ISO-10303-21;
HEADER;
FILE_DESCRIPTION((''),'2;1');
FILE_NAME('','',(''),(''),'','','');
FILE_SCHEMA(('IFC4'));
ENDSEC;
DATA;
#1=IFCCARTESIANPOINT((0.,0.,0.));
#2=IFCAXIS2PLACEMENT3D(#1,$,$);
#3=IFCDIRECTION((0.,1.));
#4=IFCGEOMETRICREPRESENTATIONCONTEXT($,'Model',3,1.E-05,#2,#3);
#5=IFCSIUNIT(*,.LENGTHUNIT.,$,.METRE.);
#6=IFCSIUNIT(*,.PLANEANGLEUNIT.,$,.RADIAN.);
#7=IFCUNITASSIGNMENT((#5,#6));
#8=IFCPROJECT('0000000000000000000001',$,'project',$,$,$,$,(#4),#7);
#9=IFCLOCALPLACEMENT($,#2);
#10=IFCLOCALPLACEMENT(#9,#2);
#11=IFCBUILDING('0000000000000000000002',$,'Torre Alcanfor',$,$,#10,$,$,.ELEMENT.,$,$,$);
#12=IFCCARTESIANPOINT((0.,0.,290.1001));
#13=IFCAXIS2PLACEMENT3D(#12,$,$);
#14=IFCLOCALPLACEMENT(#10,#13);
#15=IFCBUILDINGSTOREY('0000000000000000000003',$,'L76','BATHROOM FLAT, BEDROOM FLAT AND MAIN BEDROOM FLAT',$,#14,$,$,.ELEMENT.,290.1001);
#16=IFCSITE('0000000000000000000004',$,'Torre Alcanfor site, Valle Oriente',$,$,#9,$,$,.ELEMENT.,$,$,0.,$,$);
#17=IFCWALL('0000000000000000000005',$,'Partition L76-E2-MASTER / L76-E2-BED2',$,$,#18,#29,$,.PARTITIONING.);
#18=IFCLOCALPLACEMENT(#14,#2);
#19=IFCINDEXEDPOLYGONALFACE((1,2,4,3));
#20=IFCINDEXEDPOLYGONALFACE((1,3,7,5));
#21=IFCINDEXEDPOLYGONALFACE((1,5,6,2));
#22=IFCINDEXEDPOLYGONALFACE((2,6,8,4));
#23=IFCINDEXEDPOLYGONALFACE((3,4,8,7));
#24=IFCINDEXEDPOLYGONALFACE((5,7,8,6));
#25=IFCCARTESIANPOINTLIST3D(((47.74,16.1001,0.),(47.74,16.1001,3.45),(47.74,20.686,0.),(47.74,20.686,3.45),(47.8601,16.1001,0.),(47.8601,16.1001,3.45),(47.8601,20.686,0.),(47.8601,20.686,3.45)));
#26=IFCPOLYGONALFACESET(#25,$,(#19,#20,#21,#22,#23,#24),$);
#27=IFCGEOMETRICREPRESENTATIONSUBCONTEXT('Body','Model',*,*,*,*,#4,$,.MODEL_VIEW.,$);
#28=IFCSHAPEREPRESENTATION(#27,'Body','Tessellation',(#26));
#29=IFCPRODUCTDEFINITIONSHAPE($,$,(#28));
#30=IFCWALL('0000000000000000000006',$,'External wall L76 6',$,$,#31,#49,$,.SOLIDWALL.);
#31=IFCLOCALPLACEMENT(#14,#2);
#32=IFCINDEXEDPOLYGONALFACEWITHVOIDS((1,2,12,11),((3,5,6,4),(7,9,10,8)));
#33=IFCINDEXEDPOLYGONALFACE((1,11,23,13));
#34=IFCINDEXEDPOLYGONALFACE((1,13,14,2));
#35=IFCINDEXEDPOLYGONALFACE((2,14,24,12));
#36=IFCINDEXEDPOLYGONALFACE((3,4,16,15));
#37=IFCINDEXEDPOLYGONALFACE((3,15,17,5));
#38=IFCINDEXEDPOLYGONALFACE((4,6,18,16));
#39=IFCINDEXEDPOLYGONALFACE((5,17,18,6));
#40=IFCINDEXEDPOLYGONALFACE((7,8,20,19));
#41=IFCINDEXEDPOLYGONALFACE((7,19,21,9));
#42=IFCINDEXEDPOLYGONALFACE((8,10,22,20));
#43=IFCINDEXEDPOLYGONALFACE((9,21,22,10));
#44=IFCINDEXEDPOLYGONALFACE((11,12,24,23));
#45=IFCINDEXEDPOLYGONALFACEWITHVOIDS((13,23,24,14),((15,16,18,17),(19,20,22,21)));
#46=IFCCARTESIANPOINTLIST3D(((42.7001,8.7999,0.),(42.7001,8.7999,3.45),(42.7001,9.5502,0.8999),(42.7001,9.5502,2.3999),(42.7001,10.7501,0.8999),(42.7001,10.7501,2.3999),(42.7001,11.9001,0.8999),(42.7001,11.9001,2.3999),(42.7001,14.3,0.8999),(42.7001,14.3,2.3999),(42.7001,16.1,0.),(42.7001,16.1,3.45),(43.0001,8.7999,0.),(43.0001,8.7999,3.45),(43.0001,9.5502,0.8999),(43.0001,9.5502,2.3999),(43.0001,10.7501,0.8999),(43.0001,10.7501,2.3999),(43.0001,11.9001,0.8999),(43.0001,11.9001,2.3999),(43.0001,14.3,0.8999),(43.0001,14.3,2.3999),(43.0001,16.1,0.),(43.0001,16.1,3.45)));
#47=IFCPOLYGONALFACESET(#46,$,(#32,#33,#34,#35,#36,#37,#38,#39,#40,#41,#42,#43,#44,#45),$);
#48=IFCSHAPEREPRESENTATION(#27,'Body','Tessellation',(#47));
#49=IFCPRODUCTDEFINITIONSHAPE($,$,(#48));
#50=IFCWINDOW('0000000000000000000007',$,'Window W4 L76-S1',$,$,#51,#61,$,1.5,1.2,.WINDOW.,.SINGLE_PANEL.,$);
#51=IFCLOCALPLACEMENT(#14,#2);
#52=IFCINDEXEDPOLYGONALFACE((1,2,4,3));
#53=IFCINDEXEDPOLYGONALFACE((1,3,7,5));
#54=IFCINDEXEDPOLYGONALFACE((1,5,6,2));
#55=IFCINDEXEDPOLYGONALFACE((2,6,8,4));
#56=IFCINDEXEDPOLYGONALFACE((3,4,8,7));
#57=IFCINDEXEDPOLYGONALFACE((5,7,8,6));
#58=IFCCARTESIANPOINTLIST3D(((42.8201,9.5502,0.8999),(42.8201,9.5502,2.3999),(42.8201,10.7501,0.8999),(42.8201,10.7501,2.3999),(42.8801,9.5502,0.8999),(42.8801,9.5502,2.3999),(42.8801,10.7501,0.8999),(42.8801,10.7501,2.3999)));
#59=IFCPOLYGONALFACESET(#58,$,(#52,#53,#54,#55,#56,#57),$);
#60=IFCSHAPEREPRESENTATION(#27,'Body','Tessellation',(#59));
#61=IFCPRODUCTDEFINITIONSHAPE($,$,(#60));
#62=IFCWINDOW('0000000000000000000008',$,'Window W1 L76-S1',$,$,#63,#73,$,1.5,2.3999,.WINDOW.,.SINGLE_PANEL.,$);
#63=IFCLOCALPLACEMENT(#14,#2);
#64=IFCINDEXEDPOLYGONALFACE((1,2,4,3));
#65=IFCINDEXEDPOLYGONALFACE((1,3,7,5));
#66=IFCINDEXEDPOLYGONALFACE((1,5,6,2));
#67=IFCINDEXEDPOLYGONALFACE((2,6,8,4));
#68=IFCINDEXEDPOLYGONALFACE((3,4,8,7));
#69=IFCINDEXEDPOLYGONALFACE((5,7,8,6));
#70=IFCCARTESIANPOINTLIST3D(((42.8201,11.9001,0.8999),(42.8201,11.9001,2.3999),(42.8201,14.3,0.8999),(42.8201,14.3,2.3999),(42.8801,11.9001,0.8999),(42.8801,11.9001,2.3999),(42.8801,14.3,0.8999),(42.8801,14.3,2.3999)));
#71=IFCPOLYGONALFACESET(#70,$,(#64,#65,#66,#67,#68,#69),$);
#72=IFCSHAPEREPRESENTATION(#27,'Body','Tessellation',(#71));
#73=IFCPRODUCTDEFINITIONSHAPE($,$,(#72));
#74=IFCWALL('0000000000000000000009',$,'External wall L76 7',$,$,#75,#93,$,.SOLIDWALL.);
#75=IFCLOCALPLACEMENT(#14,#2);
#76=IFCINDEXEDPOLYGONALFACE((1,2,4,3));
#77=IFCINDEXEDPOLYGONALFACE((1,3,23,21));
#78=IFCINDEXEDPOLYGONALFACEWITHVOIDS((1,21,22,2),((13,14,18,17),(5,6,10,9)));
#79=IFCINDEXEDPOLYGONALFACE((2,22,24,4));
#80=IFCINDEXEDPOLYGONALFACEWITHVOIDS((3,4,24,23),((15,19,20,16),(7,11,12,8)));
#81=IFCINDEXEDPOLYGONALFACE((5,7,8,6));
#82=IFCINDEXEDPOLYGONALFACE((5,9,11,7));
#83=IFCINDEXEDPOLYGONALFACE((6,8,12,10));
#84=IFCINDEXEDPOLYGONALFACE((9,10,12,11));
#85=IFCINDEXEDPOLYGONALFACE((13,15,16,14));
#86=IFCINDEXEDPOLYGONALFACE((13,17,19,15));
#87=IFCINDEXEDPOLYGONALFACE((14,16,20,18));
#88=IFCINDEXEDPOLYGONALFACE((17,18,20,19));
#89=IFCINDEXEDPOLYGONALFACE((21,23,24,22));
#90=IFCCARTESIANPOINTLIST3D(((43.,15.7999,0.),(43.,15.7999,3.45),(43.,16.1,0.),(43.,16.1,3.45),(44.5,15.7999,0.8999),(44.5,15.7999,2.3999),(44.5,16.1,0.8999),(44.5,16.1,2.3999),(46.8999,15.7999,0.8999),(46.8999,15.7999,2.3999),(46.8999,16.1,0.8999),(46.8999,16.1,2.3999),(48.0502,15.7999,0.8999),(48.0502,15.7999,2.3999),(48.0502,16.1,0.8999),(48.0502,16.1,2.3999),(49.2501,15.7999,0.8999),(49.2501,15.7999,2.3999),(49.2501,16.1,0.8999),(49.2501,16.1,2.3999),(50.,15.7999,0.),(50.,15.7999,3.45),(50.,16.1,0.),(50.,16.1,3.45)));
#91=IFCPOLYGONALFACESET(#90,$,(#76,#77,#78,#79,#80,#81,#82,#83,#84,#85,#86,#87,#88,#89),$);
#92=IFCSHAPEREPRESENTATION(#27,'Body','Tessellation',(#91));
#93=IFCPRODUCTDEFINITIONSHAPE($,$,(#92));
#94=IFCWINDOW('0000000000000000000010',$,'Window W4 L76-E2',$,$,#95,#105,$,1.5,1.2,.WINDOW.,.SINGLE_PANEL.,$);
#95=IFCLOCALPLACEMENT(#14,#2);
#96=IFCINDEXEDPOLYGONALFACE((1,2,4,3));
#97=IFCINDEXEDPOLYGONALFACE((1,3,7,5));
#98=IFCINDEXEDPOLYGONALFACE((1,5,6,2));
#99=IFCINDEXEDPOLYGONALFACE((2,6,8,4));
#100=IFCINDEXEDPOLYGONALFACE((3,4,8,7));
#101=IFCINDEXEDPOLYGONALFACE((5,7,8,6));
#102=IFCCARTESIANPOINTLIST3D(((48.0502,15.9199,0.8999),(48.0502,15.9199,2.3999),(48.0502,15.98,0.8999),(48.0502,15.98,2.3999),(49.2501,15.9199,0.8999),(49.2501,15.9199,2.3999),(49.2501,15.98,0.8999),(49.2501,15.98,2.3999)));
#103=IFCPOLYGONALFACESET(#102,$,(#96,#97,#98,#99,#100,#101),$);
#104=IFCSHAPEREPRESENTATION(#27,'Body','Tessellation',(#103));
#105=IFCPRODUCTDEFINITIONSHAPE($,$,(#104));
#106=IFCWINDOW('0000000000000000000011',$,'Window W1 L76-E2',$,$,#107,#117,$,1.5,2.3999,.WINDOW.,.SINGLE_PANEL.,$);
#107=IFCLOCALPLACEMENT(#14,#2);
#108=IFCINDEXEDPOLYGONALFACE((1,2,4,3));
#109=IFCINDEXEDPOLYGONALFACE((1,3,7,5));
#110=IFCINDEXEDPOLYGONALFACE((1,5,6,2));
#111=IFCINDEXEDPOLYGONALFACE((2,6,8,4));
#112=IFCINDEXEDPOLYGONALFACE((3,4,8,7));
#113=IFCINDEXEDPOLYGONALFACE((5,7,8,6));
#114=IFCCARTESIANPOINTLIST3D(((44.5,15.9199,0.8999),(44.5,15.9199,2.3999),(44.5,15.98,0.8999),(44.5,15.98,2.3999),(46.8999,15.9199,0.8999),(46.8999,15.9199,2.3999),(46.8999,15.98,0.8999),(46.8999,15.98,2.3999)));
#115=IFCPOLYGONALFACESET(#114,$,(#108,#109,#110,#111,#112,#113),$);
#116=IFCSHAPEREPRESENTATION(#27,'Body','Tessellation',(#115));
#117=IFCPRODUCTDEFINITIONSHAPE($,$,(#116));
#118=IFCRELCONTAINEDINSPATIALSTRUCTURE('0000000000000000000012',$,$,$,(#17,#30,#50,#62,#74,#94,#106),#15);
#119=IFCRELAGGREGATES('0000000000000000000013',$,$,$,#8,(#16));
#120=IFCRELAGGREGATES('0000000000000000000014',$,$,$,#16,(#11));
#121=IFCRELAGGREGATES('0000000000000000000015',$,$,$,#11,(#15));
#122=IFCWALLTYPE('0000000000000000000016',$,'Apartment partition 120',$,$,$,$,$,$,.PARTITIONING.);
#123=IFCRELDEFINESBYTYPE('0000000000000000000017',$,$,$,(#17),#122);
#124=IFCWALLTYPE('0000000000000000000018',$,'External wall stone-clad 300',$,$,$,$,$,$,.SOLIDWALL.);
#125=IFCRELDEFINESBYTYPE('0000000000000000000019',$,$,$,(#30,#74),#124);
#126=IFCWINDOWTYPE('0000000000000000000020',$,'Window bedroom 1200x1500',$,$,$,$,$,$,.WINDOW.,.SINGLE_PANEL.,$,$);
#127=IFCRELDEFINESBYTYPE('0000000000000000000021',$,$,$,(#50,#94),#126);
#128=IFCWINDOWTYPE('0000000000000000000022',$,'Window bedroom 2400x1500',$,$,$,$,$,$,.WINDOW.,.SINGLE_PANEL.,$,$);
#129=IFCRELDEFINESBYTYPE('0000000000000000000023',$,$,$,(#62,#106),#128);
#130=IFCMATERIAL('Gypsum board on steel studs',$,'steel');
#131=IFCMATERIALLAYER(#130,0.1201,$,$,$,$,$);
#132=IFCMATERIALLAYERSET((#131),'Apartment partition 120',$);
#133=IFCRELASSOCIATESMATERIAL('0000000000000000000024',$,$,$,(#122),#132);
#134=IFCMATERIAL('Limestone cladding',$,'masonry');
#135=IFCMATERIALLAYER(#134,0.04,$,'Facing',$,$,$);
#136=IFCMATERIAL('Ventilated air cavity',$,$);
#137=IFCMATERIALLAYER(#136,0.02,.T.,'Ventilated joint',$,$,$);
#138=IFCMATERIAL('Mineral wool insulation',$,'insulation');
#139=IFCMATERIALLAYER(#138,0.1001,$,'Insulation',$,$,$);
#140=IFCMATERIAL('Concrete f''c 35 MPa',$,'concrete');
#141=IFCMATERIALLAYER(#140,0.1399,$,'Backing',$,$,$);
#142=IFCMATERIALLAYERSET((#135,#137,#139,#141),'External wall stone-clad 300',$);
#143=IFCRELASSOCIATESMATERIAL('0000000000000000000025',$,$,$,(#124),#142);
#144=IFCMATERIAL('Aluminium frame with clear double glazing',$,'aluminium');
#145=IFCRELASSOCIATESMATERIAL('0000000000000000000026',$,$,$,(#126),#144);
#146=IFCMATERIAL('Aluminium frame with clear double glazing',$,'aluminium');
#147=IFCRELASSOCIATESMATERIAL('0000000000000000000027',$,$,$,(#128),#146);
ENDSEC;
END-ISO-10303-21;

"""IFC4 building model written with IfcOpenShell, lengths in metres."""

from ifc_helpers import new_model, si_unit, direction, frame, frame_2d, origin, place, context, subcontext, project, spatial, rectangle, extrude, material, layer, layer_set, type_object, element, fill, save


model = new_model("IFC4")

# Units and contexts
model_context = context("Model", 3, precision=1e-05, world=origin(), true_north=direction((0.0, 1.0)))
body_context = subcontext(model_context, "Body", "Model", "MODEL_VIEW")
ifc_project = project(units=[si_unit("LENGTHUNIT", "METRE"), si_unit("PLANEANGLEUNIT", "RADIAN")], contexts=[model_context])

# Site, building, storey
site_placement = place(None, origin())
site = spatial("IfcSite", under=ifc_project, at=site_placement, Name="Torre Alcanfor site, Valle Oriente", CompositionType="ELEMENT", RefElevation=0.0)
building_placement = place(site_placement, origin())
building = spatial("IfcBuilding", under=site, at=building_placement, Name="Torre Alcanfor", CompositionType="ELEMENT")
storey_placement = place(building_placement, frame((0.0, 0.0, 290.1001)))
storey = spatial("IfcBuildingStorey", under=building, at=storey_placement, Name="L76", Description="BATHROOM FLAT, BEDROOM FLAT AND MAIN BEDROOM FLAT", CompositionType="ELEMENT", Elevation=290.1001)

# Shared definitions
ifc_material_1 = material(Name="Gypsum board on steel studs", Category="steel")
ifc_layer_1 = layer(ifc_material_1, 0.1201)
ifc_layer_set_1 = layer_set([ifc_layer_1], Name="Apartment partition 120")
wall_type_1 = type_object("IfcWallType", Name="Apartment partition 120", PredefinedType="PARTITIONING", material=ifc_layer_set_1)

# Wall
wall_1_placement = place(storey_placement, frame((47.8, 20.686, 0.0), z_axis=(0.0, 0.0, 1.0), x_axis=(0.0, -1.0, 0.0)))
element("IfcWall", 1, at=wall_1_placement, inside=storey, type_object=wall_type_1, Name="Partition L76-E2-MASTER / L76-E2-BED2", PredefinedType="PARTITIONING", context=body_context, shape_type="SweptSolid", body=[
    extrude(rectangle(XDim=4.5859, YDim=0.1201, at=frame_2d((2.293, 0.0))), origin(), (0.0, 0.0, 1.0), 3.45),
])

# Walls, openings, windows
ifc_material_2 = material(Name="Limestone cladding", Category="masonry")
ifc_layer_2 = layer(ifc_material_2, 0.04, Name="Facing")
ifc_material_3 = material(Name="Ventilated air cavity")
ifc_layer_3 = layer(ifc_material_3, 0.02, ventilated=True, Name="Ventilated joint")
ifc_material_4 = material(Name="Mineral wool insulation", Category="insulation")
ifc_layer_4 = layer(ifc_material_4, 0.1001, Name="Insulation")
ifc_material_5 = material(Name="Concrete f'c 35 MPa", Category="concrete")
ifc_layer_5 = layer(ifc_material_5, 0.1399, Name="Backing")
ifc_layer_set_2 = layer_set([ifc_layer_2, ifc_layer_3, ifc_layer_4, ifc_layer_5], Name="External wall stone-clad 300")
wall_type_2 = type_object("IfcWallType", Name="External wall stone-clad 300", PredefinedType="SOLIDWALL", material=ifc_layer_set_2)
wall_2_placement = place(storey_placement, frame((42.8501, 8.8, 0.0), z_axis=(0.0, 0.0, 1.0), x_axis=(0.0, 1.0, 0.0)))
wall_2 = element("IfcWall", 2, at=wall_2_placement, inside=storey, type_object=wall_type_2, Name="External wall L76 6", PredefinedType="SOLIDWALL", context=body_context, shape_type="SweptSolid", body=[
    extrude(rectangle(XDim=7.3, YDim=0.3, at=frame_2d((3.6499, 0.0))), origin(), (0.0, 0.0, 1.0), 3.45),
])
opening_1_placement = place(wall_2_placement, frame((3.1001, 0.0, 0.8999)))
opening_1 = element("IfcOpeningElement", 3, at=opening_1_placement, cuts=wall_2, PredefinedType="OPENING", context=body_context, shape_type="SweptSolid", body=[
    extrude(rectangle(XDim=2.3999, YDim=1.5, at=frame_2d((1.2, 0.75))), frame((0.0, 0.1599, 0.0), z_axis=(0.0, -1.0, 0.0), x_axis=(1.0, 0.0, 0.0)), (0.0, 0.0, 1.0), 0.3201),
])
opening_2_placement = place(wall_2_placement, frame((0.75, 0.0, 0.8999)))
opening_2 = element("IfcOpeningElement", 4, at=opening_2_placement, cuts=wall_2, PredefinedType="OPENING", context=body_context, shape_type="SweptSolid", body=[
    extrude(rectangle(XDim=1.2, YDim=1.5, at=frame_2d((0.6001, 0.75))), frame((0.0, 0.1599, 0.0), z_axis=(0.0, -1.0, 0.0), x_axis=(1.0, 0.0, 0.0)), (0.0, 0.0, 1.0), 0.3201),
])
ifc_material_6 = material(Name="Aluminium frame with clear double glazing", Category="aluminium")
window_type_1 = type_object("IfcWindowType", Name="Window bedroom 1200x1500", PartitioningType="SINGLE_PANEL", PredefinedType="WINDOW", material=ifc_material_6)
window_1_placement = place(opening_2_placement, origin())
window_1 = element("IfcWindow", 5, at=window_1_placement, inside=storey, type_object=window_type_1, Name="Window W4 L76-S1", OverallHeight=1.5, OverallWidth=1.2, PartitioningType="SINGLE_PANEL", PredefinedType="WINDOW", context=body_context, shape_type="SweptSolid", body=[
    extrude(rectangle(XDim=1.2, YDim=1.5, at=frame_2d((0.6001, 0.75))), frame((0.0, 0.03, 0.0), z_axis=(0.0, -1.0, 0.0), x_axis=(1.0, 0.0, 0.0)), (0.0, 0.0, 1.0), 0.0601),
])
fill(opening_2, window_1)
ifc_material_7 = material(Name="Aluminium frame with clear double glazing", Category="aluminium")
window_type_2 = type_object("IfcWindowType", Name="Window bedroom 2400x1500", PartitioningType="SINGLE_PANEL", PredefinedType="WINDOW", material=ifc_material_7)
window_2_placement = place(opening_1_placement, origin())
window_2 = element("IfcWindow", 6, at=window_2_placement, inside=storey, type_object=window_type_2, Name="Window W1 L76-S1", OverallHeight=1.5, OverallWidth=2.3999, PartitioningType="SINGLE_PANEL", PredefinedType="WINDOW", context=body_context, shape_type="SweptSolid", body=[
    extrude(rectangle(XDim=2.3999, YDim=1.5, at=frame_2d((1.2, 0.75))), frame((0.0, 0.03, 0.0), z_axis=(0.0, -1.0, 0.0), x_axis=(1.0, 0.0, 0.0)), (0.0, 0.0, 1.0), 0.0601),
])
fill(opening_1, window_2)
wall_3_placement = place(storey_placement, frame((43.0, 15.95, 0.0), z_axis=(0.0, 0.0, 1.0), x_axis=(1.0, 0.0, 0.0)))
wall_3 = element("IfcWall", 7, at=wall_3_placement, inside=storey, type_object=wall_type_2, Name="External wall L76 7", PredefinedType="SOLIDWALL", context=body_context, shape_type="SweptSolid", body=[
    extrude(rectangle(XDim=7.0, YDim=0.3, at=frame_2d((3.5, 0.0))), origin(), (0.0, 0.0, 1.0), 3.45),
])
opening_3_placement = place(wall_3_placement, frame((1.5, 0.0, 0.8999)))
opening_3 = element("IfcOpeningElement", 8, at=opening_3_placement, cuts=wall_3, PredefinedType="OPENING", context=body_context, shape_type="SweptSolid", body=[
    extrude(rectangle(XDim=2.3999, YDim=1.5, at=frame_2d((1.2, 0.75))), frame((0.0, 0.1599, 0.0), z_axis=(0.0, -1.0, 0.0), x_axis=(1.0, 0.0, 0.0)), (0.0, 0.0, 1.0), 0.3201),
])
opening_4_placement = place(wall_3_placement, frame((5.05, 0.0, 0.8999)))
opening_4 = element("IfcOpeningElement", 9, at=opening_4_placement, cuts=wall_3, PredefinedType="OPENING", context=body_context, shape_type="SweptSolid", body=[
    extrude(rectangle(XDim=1.2, YDim=1.5, at=frame_2d((0.6001, 0.75))), frame((0.0, 0.1599, 0.0), z_axis=(0.0, -1.0, 0.0), x_axis=(1.0, 0.0, 0.0)), (0.0, 0.0, 1.0), 0.3201),
])
window_3_placement = place(opening_4_placement, origin())
window_3 = element("IfcWindow", 10, at=window_3_placement, inside=storey, type_object=window_type_1, Name="Window W4 L76-E2", OverallHeight=1.5, OverallWidth=1.2, PartitioningType="SINGLE_PANEL", PredefinedType="WINDOW", context=body_context, shape_type="SweptSolid", body=[
    extrude(rectangle(XDim=1.2, YDim=1.5, at=frame_2d((0.6001, 0.75))), frame((0.0, 0.03, 0.0), z_axis=(0.0, -1.0, 0.0), x_axis=(1.0, 0.0, 0.0)), (0.0, 0.0, 1.0), 0.0601),
])
fill(opening_4, window_3)
window_4_placement = place(opening_3_placement, origin())
window_4 = element("IfcWindow", 11, at=window_4_placement, inside=storey, type_object=window_type_2, Name="Window W1 L76-E2", OverallHeight=1.5, OverallWidth=2.3999, PartitioningType="SINGLE_PANEL", PredefinedType="WINDOW", context=body_context, shape_type="SweptSolid", body=[
    extrude(rectangle(XDim=2.3999, YDim=1.5, at=frame_2d((1.2, 0.75))), frame((0.0, 0.03, 0.0), z_axis=(0.0, -1.0, 0.0), x_axis=(1.0, 0.0, 0.0)), (0.0, 0.0, 1.0), 0.0601),
])
fill(opening_3, window_4)

save(model, "model.ifc")
